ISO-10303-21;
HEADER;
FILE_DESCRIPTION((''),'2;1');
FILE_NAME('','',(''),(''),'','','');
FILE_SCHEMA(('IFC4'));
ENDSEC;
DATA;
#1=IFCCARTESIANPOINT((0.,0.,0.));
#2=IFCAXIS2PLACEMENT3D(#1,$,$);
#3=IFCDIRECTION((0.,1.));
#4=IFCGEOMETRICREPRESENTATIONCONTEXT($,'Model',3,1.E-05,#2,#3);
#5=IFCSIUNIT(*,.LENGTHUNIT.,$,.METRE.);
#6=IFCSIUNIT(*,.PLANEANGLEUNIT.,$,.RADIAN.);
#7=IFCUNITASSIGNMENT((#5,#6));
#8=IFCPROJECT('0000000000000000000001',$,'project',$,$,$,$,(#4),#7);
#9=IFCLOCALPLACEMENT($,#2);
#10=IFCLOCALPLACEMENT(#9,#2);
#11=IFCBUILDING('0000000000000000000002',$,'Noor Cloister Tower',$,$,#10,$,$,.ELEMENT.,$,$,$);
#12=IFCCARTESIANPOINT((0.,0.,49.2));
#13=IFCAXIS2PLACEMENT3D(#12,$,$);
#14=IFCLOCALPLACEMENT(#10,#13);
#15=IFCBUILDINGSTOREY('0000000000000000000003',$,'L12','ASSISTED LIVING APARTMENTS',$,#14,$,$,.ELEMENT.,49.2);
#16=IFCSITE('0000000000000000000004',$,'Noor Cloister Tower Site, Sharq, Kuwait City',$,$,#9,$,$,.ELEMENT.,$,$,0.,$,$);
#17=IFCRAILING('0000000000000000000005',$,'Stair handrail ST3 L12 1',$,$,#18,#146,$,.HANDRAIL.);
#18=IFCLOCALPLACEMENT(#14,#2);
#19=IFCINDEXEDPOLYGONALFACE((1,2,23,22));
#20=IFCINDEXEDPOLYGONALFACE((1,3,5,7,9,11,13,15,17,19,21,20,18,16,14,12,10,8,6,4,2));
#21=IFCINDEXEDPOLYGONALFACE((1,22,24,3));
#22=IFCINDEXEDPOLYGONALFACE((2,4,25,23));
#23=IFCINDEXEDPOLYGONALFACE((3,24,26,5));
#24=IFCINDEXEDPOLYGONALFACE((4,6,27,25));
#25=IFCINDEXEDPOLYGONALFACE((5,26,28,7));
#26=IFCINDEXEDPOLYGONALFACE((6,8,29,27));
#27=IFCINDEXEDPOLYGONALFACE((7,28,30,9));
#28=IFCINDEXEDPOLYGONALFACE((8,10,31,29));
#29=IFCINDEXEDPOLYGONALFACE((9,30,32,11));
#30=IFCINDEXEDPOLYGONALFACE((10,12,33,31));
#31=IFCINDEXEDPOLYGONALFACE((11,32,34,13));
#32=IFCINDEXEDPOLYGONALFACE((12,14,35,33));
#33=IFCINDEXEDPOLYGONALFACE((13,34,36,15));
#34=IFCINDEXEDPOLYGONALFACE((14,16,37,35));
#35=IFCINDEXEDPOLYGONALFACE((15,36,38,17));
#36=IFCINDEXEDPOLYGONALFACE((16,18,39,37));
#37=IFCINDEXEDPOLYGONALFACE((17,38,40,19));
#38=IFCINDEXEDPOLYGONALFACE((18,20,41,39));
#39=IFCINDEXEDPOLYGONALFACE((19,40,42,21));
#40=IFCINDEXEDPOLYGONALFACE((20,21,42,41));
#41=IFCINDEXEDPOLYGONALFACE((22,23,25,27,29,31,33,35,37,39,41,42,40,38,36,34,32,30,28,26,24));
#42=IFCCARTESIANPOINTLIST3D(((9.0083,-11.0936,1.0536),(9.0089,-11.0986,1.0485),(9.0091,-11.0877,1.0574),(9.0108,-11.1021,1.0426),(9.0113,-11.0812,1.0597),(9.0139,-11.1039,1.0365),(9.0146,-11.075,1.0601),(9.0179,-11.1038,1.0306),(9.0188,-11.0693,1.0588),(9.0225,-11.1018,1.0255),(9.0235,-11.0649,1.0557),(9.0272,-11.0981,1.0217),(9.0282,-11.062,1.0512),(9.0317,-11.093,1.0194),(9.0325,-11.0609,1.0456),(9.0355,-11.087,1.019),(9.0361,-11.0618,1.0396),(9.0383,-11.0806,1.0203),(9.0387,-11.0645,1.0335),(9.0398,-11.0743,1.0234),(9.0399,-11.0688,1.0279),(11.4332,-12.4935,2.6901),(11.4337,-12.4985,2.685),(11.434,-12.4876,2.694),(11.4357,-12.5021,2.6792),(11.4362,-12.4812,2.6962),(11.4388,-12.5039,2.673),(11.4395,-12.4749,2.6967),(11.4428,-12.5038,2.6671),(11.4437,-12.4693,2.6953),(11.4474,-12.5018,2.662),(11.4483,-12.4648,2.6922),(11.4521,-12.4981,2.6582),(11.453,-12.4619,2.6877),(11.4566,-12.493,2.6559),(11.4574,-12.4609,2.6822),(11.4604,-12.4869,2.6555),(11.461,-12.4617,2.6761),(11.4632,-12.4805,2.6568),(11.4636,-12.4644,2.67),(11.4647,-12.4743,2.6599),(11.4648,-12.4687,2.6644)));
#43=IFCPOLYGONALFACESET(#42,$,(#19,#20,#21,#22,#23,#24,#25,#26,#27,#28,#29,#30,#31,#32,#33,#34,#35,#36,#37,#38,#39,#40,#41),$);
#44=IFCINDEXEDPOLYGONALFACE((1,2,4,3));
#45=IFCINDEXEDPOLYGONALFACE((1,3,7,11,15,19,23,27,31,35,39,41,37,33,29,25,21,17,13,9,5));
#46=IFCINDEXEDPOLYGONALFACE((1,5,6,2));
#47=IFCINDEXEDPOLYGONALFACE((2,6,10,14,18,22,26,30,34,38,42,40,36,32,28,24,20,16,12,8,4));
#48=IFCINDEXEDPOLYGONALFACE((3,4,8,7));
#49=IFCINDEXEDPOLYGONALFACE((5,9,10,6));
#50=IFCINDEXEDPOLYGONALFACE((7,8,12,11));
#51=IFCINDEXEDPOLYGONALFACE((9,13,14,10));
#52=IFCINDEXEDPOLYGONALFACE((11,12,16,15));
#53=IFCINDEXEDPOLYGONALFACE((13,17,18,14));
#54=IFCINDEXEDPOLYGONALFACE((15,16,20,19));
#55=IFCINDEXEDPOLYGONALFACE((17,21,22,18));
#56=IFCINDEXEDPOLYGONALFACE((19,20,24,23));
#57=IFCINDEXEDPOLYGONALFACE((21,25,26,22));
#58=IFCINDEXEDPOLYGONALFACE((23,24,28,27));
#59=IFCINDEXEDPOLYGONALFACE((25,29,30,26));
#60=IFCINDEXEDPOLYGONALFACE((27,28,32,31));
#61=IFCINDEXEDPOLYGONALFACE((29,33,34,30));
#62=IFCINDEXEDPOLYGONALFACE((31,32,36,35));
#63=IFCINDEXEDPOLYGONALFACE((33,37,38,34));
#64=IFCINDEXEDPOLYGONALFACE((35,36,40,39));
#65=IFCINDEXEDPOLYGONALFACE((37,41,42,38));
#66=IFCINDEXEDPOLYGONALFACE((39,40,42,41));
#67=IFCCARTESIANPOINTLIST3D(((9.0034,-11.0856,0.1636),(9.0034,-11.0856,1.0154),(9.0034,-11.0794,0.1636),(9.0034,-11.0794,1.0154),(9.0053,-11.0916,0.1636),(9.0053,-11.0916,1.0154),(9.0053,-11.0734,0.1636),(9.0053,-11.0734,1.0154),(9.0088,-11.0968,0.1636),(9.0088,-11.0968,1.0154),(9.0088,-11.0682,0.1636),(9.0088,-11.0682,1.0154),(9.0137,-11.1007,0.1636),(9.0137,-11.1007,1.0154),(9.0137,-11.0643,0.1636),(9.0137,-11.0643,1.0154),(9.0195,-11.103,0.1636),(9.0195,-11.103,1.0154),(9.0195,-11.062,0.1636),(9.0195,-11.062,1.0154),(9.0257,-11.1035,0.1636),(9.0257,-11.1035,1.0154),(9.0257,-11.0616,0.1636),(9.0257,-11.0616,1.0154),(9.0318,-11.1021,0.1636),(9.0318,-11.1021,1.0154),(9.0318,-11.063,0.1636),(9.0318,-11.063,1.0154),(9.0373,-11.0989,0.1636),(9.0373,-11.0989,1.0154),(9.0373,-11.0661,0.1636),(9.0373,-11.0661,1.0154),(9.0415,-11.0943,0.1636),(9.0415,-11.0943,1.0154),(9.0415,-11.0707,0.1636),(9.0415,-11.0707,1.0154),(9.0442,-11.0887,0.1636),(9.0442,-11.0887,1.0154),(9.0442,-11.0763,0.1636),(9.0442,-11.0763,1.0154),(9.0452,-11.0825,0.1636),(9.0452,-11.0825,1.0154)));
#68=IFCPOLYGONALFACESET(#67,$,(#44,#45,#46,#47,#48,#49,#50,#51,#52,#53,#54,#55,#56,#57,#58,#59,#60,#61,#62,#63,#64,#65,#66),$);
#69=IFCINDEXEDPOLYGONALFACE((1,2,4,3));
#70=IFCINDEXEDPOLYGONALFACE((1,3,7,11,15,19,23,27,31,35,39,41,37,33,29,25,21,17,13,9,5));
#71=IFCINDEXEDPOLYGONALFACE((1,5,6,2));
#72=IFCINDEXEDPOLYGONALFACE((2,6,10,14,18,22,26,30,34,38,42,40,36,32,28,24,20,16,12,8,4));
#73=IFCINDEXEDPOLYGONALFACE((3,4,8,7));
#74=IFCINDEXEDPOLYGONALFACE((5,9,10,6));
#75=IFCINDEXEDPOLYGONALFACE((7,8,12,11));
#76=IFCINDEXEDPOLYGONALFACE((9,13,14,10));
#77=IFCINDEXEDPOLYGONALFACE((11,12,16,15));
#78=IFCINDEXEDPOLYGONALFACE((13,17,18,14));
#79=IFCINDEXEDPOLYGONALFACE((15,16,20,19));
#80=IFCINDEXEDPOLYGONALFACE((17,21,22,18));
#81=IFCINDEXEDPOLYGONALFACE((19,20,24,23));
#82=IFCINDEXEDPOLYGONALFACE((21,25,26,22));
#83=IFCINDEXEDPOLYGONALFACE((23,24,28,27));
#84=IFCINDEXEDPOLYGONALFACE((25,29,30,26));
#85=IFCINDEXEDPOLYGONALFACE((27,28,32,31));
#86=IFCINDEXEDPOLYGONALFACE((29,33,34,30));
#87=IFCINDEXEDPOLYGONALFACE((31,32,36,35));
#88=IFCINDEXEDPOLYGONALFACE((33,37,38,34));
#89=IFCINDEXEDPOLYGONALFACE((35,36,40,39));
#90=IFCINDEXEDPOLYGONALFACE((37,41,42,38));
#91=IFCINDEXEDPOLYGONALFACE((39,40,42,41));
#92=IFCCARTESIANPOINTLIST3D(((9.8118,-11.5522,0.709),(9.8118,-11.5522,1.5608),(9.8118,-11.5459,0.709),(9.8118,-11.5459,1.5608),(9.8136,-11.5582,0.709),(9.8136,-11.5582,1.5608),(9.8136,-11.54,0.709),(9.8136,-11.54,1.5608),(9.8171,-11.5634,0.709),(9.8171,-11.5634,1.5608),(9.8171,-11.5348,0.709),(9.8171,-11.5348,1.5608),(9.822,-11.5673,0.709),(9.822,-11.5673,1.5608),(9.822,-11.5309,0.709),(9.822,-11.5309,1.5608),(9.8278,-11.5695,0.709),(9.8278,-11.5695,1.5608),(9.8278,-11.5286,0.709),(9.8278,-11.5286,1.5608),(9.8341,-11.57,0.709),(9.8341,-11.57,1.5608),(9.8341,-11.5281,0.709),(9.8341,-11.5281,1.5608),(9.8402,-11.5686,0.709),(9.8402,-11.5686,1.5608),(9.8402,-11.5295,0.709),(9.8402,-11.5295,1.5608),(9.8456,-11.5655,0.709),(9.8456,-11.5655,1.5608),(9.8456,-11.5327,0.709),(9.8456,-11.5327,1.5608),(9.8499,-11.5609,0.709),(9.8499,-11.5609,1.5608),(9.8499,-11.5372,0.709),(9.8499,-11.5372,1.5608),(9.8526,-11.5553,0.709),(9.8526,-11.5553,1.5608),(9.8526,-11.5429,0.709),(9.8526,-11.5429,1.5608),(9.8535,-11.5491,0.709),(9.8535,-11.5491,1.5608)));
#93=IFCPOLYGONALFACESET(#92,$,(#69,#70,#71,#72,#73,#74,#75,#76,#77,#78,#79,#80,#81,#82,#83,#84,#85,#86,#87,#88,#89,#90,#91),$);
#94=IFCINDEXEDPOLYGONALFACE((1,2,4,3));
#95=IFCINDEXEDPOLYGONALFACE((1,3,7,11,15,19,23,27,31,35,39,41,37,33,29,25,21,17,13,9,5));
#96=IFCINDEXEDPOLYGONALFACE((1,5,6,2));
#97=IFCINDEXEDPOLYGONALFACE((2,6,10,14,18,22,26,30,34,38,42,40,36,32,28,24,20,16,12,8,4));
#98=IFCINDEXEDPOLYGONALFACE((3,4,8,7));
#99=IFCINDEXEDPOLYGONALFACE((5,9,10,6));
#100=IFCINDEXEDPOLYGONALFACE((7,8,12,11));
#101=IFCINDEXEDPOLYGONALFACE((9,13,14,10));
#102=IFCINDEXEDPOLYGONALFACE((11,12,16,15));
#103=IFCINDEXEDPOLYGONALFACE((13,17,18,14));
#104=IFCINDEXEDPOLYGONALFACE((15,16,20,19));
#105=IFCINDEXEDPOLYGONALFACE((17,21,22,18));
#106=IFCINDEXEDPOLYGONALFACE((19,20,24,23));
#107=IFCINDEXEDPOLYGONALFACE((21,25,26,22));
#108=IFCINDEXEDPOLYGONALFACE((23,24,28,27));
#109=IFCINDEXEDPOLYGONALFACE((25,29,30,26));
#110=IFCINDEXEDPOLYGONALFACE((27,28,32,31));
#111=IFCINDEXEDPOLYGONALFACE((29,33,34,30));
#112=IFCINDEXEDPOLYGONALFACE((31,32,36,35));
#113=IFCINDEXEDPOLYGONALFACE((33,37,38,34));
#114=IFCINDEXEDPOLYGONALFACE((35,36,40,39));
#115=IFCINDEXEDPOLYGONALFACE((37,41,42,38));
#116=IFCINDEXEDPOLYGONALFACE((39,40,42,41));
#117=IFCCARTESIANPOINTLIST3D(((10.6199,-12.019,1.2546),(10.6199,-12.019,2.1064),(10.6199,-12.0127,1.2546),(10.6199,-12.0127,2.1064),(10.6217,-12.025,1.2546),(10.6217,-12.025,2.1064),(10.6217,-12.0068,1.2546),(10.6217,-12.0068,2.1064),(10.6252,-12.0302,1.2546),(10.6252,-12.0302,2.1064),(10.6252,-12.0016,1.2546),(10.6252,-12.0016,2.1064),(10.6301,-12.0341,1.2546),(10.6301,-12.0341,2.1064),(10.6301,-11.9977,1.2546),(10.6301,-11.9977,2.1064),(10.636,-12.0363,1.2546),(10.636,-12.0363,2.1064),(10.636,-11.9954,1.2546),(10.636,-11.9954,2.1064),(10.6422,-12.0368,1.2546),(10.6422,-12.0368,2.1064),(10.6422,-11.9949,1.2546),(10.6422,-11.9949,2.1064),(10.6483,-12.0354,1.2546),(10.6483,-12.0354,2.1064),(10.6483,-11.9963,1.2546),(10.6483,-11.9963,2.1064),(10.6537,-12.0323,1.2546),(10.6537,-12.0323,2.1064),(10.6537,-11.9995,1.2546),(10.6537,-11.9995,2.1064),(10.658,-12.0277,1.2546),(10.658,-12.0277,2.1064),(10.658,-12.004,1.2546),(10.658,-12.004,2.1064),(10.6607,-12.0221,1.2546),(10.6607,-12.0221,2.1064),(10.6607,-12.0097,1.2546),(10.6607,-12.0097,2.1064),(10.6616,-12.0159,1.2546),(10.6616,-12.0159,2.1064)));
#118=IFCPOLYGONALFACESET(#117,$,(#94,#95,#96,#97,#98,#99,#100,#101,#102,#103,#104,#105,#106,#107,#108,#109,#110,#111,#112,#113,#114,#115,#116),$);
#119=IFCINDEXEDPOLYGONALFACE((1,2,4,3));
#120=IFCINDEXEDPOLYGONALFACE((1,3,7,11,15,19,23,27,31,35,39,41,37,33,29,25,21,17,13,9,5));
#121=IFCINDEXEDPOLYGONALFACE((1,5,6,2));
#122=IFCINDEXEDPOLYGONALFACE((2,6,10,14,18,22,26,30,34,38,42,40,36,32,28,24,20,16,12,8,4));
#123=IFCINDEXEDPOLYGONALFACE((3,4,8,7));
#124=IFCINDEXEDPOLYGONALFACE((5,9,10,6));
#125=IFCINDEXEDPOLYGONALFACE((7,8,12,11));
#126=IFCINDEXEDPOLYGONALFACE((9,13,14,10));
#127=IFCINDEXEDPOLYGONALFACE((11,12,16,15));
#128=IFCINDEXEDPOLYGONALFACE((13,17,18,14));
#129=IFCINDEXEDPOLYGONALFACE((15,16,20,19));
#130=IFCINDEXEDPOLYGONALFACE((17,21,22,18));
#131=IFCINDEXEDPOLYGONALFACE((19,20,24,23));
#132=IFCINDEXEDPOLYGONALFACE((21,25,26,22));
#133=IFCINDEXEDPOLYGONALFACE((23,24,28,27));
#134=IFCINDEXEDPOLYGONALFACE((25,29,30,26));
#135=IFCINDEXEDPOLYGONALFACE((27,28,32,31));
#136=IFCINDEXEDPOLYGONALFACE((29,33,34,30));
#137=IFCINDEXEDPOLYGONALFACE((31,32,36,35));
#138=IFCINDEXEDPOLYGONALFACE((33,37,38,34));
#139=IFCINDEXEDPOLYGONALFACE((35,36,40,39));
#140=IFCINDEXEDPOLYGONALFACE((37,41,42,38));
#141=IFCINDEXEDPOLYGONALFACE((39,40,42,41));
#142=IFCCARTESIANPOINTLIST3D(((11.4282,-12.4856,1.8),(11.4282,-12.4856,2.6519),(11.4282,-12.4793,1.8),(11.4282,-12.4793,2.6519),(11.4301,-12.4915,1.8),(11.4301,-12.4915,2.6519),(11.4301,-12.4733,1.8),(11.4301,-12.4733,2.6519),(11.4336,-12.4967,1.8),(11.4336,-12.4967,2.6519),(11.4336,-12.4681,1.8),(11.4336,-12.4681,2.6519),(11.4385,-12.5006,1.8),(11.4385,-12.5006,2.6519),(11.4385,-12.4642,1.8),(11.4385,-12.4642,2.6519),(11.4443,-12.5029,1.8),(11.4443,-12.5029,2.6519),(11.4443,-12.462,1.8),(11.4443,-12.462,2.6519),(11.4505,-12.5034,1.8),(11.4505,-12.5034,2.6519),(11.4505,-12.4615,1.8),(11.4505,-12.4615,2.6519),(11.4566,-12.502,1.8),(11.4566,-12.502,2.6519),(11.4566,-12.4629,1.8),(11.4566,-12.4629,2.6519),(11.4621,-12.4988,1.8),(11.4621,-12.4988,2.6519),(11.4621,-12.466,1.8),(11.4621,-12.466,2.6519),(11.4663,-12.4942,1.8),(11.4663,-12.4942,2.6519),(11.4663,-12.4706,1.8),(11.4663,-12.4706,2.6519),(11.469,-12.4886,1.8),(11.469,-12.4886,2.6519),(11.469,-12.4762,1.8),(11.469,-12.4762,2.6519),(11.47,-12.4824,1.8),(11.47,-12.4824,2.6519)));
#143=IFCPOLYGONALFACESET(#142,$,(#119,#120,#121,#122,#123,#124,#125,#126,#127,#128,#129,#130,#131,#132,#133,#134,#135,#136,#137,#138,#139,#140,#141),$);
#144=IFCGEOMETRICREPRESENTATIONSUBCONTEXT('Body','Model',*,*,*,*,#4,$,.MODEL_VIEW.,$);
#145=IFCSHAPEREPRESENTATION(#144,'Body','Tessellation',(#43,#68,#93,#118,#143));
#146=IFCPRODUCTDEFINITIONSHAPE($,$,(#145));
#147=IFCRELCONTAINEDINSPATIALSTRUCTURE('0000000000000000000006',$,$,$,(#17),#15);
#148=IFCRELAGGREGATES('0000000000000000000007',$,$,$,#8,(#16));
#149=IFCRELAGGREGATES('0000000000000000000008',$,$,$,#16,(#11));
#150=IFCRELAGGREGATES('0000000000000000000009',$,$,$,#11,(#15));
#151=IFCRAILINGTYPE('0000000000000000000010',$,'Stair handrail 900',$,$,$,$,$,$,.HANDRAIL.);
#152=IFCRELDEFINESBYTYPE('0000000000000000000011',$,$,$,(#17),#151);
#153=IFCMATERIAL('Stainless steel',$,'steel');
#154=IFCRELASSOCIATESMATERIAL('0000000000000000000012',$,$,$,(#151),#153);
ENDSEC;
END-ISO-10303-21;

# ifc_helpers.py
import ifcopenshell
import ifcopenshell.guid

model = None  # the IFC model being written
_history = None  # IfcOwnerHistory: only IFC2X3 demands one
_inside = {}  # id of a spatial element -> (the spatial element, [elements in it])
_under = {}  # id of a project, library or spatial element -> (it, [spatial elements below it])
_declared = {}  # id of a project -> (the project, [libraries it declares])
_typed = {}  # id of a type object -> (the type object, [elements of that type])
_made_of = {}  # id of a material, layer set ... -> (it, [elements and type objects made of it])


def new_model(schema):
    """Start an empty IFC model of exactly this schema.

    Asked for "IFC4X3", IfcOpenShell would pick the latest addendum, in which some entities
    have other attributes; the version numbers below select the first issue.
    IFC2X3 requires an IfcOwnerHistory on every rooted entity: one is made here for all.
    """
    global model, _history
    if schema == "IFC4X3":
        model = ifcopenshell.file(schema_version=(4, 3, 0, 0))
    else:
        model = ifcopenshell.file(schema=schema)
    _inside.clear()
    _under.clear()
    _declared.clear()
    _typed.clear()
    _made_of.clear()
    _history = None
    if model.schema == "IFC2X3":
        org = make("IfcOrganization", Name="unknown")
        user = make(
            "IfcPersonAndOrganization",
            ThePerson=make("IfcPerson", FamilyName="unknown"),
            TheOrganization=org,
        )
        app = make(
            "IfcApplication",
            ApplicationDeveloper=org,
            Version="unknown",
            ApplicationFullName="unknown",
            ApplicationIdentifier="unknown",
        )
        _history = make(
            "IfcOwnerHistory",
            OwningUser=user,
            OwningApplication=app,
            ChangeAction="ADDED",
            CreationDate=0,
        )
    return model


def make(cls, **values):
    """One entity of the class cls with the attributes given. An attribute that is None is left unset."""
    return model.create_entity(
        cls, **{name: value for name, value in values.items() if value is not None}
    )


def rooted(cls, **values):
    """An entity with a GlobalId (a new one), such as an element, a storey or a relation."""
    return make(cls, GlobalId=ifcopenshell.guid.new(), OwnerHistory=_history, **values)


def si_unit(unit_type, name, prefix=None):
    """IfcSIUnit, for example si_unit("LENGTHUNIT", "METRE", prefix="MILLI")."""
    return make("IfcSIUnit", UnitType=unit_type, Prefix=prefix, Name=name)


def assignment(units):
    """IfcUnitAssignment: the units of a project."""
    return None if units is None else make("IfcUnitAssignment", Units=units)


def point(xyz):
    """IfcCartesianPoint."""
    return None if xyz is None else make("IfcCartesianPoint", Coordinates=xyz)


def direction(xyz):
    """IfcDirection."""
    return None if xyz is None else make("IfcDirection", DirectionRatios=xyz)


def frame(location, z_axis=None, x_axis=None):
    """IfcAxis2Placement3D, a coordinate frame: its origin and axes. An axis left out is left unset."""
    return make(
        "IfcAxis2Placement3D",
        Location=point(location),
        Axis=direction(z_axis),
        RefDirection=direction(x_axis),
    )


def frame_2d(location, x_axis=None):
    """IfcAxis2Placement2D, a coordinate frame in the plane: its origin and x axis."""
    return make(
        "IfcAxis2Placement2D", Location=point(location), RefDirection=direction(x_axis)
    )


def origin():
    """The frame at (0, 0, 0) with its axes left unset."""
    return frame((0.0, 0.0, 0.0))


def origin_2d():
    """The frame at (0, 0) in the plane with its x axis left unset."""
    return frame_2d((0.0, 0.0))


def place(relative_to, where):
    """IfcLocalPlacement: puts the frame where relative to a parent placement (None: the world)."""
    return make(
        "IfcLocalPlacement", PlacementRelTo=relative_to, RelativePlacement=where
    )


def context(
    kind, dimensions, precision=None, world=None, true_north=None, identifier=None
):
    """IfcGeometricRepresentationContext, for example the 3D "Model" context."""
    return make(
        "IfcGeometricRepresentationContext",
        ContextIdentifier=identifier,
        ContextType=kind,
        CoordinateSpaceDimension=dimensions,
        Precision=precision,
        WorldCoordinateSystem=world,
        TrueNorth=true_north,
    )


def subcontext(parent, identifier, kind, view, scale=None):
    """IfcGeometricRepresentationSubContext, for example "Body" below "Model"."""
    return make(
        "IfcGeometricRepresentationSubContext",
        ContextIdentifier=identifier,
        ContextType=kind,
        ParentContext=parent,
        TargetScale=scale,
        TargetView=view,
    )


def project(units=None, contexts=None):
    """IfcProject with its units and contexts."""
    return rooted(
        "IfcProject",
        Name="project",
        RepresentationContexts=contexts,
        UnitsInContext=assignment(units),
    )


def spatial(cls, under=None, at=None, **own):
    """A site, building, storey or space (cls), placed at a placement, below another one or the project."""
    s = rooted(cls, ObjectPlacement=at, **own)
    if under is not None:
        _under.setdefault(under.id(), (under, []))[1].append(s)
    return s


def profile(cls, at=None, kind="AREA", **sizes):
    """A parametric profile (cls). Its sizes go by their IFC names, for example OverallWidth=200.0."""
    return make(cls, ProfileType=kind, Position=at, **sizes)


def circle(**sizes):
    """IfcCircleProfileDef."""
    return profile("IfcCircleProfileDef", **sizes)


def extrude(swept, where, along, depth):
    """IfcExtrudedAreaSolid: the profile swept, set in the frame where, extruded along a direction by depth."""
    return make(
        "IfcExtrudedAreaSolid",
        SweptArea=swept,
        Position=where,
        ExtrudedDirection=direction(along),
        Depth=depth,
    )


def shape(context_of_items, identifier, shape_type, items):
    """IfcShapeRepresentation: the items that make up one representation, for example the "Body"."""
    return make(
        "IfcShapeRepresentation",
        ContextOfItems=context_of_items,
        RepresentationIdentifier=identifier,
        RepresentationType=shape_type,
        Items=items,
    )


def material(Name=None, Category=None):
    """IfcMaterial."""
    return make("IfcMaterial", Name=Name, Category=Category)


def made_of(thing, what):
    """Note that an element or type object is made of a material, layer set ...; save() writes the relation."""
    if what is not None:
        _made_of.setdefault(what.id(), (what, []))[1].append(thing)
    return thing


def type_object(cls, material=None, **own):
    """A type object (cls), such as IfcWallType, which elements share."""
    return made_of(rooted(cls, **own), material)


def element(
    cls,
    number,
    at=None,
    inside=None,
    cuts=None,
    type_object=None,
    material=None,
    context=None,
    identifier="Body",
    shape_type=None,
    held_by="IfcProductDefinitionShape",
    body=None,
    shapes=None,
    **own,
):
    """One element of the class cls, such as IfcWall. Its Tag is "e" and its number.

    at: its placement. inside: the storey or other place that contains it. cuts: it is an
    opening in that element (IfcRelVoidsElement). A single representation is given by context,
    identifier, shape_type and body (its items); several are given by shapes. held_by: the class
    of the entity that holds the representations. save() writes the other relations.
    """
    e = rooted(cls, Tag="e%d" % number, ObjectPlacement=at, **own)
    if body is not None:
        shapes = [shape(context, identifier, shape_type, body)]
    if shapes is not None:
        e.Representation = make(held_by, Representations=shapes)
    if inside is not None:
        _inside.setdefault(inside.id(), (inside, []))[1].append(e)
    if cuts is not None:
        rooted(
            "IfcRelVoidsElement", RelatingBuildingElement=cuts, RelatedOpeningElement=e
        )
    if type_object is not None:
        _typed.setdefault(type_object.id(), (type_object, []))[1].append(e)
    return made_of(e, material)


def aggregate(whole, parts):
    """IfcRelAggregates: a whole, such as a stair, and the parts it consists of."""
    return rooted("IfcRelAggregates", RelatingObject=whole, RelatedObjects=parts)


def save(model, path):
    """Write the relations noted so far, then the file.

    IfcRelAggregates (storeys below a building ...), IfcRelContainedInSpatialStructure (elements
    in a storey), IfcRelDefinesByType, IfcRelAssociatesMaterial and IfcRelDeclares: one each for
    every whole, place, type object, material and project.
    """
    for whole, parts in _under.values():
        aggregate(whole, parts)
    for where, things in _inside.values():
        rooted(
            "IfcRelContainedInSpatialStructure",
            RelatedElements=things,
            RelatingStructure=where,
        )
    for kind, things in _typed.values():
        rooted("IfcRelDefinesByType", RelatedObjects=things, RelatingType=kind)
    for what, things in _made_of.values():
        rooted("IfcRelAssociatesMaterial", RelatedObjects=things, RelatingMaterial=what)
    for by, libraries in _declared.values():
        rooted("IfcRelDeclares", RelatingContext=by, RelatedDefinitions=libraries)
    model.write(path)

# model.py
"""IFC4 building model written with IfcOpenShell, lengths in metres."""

from ifc_helpers import new_model, si_unit, direction, frame, origin, origin_2d, place, context, subcontext, project, spatial, circle, extrude, material, type_object, element, save


model = new_model("IFC4")

# Units and contexts
model_context = context("Model", 3, precision=1e-05, world=origin(), true_north=direction((0.0, 1.0)))
body_context = subcontext(model_context, "Body", "Model", "MODEL_VIEW")
ifc_project = project(units=[si_unit("LENGTHUNIT", "METRE"), si_unit("PLANEANGLEUNIT", "RADIAN")], contexts=[model_context])

# Site, building, storey
site_placement = place(None, origin())
site = spatial("IfcSite", under=ifc_project, at=site_placement, Name="Noor Cloister Tower Site, Sharq, Kuwait City", CompositionType="ELEMENT", RefElevation=0.0)
building_placement = place(site_placement, origin())
building = spatial("IfcBuilding", under=site, at=building_placement, Name="Noor Cloister Tower", CompositionType="ELEMENT")
storey_placement = place(building_placement, frame((0.0, 0.0, 49.2)))
storey = spatial("IfcBuildingStorey", under=building, at=storey_placement, Name="L12", Description="ASSISTED LIVING APARTMENTS", CompositionType="ELEMENT", Elevation=49.2)

# Railing
ifc_material_1 = material(Name="Stainless steel", Category="steel")
railing_type_1 = type_object("IfcRailingType", Name="Stair handrail 900", PredefinedType="HANDRAIL", material=ifc_material_1)
railing_1_placement = place(storey_placement, frame((9.0242, -11.0825, 0.1636)))
element("IfcRailing", 1, at=railing_1_placement, inside=storey, type_object=railing_type_1, Name="Stair handrail ST3 L12 1", PredefinedType="HANDRAIL", context=body_context, shape_type="SweptSolid", body=[
    extrude(circle(Radius=0.0239, at=origin_2d()), frame((0.0, 0.0, 0.876), z_axis=(0.74769, -0.431661, 0.504608), x_axis=(0.499984, 0.866035, 0.0)), (0.0, 0.0, 1.0), 3.2432),
    extrude(circle(Radius=0.021, at=origin_2d()), origin(), (0.0, 0.0, 1.0), 0.8518),
    extrude(circle(Radius=0.021, at=origin_2d()), frame((0.8083, -0.4666, 0.5454)), (0.0, 0.0, 1.0), 0.8518),
    extrude(circle(Radius=0.021, at=origin_2d()), frame((1.6165, -0.9333, 1.0911)), (0.0, 0.0, 1.0), 0.8518),
    extrude(circle(Radius=0.021, at=origin_2d()), frame((2.4248, -1.3999, 1.6365)), (0.0, 0.0, 1.0), 0.8518),
])

save(model, "model.ifc")
